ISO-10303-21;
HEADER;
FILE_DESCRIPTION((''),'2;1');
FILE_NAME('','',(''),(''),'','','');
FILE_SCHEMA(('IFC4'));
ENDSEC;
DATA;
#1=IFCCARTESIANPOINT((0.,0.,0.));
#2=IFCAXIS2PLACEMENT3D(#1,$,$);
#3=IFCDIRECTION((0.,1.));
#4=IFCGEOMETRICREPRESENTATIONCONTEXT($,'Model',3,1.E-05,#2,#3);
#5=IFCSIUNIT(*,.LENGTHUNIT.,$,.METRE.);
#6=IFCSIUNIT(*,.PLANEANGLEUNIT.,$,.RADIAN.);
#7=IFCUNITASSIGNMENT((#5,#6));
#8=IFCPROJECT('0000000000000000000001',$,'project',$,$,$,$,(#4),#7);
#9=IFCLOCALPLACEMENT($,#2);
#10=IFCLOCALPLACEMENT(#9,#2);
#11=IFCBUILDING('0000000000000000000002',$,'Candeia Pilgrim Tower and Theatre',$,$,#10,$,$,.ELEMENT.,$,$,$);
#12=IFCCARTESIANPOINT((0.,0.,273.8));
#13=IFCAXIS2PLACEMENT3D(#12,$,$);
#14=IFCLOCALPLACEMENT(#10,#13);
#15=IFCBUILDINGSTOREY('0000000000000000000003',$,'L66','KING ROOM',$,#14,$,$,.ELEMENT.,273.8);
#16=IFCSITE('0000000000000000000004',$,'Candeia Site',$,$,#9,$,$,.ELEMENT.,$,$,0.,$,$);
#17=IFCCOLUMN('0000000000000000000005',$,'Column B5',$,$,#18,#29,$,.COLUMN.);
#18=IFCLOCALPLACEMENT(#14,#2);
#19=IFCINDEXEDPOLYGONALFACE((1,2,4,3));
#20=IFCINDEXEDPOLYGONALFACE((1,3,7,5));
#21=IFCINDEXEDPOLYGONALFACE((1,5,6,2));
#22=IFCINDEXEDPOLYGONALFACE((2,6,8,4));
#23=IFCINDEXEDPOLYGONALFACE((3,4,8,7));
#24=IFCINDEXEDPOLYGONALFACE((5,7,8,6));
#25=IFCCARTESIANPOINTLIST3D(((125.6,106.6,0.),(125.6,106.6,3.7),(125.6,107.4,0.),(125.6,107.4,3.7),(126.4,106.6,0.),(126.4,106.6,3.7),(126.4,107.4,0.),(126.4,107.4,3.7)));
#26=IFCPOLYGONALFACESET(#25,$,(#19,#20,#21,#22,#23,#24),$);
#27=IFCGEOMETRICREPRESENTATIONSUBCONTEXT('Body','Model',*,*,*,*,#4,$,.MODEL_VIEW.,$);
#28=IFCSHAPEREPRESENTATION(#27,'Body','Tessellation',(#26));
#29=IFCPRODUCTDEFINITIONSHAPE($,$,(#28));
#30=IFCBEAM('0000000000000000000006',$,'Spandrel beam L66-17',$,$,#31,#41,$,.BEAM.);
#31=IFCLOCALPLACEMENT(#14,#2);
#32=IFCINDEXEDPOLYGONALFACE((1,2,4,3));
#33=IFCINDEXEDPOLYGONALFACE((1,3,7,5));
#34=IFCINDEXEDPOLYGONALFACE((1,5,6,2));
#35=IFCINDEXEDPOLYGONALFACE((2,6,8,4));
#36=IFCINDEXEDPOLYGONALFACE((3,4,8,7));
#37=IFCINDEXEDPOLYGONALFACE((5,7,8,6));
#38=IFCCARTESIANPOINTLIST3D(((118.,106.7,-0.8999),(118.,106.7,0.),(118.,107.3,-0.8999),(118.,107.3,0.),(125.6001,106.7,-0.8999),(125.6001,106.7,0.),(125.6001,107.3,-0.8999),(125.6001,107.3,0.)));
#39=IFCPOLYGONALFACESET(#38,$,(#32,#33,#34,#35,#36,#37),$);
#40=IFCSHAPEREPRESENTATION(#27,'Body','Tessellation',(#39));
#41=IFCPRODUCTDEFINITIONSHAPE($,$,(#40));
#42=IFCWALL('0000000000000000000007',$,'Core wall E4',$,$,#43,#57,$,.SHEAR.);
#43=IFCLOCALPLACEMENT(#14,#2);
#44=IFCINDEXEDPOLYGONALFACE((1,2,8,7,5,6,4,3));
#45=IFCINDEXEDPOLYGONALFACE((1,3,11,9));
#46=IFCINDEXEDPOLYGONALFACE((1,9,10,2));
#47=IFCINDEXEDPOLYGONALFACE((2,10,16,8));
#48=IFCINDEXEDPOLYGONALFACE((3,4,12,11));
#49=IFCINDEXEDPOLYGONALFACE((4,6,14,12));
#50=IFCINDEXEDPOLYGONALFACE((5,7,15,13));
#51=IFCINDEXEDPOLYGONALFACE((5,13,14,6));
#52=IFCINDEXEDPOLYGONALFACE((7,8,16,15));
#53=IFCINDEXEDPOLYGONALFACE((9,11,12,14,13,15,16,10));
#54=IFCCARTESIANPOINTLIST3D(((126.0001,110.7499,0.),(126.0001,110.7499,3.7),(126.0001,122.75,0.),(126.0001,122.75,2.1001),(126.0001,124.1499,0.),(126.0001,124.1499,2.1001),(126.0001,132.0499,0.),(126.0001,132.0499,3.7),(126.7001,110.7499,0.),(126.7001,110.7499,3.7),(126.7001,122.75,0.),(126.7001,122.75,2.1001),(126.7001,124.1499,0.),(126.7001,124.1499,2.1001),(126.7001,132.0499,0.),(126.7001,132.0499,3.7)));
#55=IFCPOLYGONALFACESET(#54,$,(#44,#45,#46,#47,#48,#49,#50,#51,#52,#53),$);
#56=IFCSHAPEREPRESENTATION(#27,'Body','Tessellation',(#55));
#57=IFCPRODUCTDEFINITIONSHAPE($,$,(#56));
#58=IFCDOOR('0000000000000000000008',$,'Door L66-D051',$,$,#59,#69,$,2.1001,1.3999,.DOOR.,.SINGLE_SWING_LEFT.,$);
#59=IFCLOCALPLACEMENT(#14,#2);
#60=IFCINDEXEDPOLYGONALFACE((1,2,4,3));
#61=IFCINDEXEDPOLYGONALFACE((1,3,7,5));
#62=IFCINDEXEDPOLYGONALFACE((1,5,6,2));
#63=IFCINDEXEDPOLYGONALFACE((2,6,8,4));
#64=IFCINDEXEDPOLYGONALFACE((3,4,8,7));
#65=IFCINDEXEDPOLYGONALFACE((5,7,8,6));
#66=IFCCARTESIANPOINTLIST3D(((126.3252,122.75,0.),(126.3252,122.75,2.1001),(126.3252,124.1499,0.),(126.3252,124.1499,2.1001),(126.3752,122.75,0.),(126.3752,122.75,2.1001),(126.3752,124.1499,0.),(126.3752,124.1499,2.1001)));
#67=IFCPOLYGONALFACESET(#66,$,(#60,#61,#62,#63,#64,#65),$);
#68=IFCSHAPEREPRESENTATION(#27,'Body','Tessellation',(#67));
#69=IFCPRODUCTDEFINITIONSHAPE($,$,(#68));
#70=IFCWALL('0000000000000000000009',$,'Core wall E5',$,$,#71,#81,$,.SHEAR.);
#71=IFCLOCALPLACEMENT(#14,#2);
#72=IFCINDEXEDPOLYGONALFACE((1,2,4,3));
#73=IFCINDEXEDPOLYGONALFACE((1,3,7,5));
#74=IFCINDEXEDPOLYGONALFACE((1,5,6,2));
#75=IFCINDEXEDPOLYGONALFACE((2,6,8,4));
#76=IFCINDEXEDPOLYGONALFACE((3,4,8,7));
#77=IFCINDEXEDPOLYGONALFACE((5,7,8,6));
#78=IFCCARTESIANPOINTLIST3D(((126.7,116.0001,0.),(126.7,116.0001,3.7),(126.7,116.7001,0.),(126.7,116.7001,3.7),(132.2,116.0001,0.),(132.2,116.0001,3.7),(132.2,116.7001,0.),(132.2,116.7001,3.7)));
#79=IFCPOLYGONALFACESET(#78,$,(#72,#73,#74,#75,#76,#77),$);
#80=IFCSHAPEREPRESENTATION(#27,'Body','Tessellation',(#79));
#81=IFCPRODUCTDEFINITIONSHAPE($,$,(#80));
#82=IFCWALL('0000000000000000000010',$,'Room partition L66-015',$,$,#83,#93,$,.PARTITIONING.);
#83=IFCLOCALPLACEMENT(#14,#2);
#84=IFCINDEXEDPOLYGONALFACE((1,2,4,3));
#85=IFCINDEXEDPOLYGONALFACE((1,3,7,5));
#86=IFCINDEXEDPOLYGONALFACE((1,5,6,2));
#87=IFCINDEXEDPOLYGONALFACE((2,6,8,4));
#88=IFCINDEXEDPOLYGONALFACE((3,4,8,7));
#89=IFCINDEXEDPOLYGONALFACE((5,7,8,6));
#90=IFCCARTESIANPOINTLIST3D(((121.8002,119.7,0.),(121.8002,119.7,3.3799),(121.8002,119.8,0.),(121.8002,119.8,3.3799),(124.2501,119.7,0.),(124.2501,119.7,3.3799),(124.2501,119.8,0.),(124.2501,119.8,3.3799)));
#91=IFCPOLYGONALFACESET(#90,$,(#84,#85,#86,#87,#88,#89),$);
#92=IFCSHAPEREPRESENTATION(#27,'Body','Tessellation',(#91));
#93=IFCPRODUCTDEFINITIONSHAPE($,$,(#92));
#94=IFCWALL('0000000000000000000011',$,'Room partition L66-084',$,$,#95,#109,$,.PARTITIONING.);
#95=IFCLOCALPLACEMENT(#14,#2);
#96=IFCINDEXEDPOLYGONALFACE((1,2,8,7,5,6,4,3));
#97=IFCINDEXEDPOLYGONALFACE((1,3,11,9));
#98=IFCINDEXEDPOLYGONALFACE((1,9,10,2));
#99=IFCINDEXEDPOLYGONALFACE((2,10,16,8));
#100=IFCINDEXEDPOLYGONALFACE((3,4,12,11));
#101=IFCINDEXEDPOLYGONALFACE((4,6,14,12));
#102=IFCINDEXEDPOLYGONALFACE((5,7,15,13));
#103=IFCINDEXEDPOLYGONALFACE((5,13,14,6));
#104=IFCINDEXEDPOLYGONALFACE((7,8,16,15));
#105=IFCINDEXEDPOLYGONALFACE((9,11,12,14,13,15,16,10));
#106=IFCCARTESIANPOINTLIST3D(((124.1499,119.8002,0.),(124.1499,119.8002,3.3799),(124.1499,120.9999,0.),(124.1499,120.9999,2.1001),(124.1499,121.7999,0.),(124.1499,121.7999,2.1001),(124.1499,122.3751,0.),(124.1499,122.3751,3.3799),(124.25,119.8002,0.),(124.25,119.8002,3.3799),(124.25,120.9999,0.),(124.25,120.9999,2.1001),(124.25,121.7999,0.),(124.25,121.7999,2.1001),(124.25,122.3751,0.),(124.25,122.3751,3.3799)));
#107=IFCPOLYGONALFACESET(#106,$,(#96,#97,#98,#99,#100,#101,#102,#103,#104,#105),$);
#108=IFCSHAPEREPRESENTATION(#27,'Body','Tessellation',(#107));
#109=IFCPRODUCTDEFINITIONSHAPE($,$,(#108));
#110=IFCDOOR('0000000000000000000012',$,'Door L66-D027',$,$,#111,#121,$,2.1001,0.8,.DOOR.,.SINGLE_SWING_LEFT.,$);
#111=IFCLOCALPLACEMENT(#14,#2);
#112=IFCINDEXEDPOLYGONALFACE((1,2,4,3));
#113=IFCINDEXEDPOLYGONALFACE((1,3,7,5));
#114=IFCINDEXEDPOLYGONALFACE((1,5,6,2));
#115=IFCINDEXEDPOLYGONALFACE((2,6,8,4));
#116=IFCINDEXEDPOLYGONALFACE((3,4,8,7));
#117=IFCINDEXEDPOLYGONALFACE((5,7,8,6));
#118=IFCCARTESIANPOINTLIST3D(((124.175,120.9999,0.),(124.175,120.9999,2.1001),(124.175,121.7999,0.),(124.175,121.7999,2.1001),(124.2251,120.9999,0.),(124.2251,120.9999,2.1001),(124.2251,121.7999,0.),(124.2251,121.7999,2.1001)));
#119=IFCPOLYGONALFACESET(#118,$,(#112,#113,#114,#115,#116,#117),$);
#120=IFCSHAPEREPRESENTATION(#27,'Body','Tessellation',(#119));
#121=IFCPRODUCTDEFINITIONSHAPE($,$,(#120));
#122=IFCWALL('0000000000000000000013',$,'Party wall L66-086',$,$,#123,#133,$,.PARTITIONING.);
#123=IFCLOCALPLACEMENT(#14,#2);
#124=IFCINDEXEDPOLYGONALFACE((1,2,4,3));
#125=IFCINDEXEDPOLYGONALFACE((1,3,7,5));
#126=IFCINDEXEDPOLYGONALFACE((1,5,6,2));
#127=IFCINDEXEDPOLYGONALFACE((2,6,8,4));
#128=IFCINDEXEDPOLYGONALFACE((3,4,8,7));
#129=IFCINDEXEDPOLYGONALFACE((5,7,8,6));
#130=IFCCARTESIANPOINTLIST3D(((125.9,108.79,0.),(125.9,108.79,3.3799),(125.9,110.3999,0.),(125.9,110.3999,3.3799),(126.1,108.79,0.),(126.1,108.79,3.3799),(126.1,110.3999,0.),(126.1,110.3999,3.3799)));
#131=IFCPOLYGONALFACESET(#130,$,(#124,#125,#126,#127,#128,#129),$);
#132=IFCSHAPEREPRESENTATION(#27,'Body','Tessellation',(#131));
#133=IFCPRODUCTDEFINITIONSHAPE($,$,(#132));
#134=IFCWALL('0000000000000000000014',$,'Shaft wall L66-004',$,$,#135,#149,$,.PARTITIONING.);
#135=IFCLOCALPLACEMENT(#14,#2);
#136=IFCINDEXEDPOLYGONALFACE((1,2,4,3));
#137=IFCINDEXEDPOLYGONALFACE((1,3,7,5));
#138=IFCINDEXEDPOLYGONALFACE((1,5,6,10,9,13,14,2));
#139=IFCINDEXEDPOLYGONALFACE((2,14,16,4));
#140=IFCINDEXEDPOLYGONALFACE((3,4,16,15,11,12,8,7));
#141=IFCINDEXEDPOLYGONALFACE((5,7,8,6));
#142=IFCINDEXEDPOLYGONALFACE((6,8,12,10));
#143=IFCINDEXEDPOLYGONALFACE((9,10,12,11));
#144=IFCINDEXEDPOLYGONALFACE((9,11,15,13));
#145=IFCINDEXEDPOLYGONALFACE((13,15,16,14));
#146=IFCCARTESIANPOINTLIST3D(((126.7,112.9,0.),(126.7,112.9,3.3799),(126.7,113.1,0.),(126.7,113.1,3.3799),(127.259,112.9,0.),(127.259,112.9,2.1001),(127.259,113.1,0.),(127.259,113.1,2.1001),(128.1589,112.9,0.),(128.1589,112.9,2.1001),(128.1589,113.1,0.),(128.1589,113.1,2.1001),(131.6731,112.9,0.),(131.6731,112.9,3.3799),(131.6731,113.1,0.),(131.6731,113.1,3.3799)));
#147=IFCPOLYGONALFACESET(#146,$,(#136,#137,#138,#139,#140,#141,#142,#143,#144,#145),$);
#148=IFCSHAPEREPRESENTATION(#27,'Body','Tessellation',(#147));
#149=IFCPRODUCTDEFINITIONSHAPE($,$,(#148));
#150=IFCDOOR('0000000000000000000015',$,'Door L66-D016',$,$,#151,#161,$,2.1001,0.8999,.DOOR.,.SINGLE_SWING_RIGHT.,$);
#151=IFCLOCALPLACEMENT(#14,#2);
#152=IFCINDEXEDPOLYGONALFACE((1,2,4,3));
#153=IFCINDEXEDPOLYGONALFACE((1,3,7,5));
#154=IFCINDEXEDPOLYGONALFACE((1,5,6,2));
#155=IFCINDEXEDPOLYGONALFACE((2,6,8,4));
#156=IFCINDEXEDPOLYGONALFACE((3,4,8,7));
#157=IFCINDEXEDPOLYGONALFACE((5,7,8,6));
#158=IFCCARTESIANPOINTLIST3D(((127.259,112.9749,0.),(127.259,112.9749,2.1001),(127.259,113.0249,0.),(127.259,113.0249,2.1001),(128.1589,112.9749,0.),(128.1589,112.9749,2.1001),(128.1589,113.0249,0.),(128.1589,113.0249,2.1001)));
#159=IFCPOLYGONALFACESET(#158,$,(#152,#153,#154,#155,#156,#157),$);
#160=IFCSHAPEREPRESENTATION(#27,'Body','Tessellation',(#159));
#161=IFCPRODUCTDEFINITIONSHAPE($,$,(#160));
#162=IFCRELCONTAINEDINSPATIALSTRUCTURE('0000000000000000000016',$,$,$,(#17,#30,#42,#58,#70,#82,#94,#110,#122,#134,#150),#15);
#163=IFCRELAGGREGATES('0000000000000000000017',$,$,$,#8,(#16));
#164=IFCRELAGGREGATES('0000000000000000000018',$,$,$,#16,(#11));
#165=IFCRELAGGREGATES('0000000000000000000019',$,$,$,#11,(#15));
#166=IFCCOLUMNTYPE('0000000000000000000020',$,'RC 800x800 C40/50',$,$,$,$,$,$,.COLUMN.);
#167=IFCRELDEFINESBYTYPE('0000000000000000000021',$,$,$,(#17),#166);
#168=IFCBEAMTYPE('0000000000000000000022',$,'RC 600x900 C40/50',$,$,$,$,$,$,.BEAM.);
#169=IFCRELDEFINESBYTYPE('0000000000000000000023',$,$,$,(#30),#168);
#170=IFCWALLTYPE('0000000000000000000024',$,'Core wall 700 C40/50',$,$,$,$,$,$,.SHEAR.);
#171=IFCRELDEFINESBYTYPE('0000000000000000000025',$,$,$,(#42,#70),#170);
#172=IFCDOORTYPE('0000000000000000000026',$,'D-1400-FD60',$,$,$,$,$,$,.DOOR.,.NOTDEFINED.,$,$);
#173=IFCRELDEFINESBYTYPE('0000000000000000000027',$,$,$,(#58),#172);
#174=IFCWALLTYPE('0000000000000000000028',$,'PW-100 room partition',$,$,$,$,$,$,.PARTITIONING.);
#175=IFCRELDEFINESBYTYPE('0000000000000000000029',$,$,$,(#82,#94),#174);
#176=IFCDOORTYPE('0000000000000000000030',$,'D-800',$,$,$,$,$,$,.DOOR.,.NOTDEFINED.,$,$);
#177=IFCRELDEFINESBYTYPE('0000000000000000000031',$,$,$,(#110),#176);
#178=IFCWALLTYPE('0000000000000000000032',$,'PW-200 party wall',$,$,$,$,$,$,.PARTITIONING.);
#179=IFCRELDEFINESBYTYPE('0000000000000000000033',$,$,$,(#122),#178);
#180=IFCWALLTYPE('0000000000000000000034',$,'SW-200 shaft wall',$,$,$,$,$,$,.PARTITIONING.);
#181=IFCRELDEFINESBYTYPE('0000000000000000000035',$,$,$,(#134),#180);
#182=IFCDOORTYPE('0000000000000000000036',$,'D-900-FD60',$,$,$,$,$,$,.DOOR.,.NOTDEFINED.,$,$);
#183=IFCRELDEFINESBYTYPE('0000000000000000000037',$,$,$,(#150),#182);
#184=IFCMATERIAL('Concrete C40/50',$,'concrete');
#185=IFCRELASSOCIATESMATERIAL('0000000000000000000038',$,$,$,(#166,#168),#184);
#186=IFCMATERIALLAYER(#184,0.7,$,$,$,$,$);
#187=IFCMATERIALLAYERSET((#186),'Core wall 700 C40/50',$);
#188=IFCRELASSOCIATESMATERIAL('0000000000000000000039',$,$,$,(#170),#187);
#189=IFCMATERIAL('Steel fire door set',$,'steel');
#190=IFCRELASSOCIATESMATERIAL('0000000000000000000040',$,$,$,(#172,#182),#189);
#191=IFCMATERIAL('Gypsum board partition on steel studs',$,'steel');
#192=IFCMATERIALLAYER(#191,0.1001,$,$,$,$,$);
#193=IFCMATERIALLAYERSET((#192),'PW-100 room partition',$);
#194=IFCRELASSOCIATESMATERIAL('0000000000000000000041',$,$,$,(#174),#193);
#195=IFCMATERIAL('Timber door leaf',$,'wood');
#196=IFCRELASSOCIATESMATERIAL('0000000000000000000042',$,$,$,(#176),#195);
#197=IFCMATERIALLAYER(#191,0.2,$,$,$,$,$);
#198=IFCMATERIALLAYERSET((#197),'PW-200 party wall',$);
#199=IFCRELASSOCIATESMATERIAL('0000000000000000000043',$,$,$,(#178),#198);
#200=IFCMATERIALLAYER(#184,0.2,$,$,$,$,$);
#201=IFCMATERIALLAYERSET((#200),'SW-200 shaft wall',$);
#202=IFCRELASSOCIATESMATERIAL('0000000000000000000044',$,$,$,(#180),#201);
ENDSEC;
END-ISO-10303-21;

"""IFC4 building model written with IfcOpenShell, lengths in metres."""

from ifc_helpers import new_model, si_unit, direction, frame, frame_2d, origin, origin_2d, place, context, subcontext, project, spatial, rectangle, extrude, material, layer, layer_set, material_profile, profile_set, type_object, element, fill, save


model = new_model("IFC4")

# Units and contexts
model_context = context("Model", 3, precision=1e-05, world=origin(), true_north=direction((0.0, 1.0)))
body_context = subcontext(model_context, "Body", "Model", "MODEL_VIEW")
ifc_project = project(units=[si_unit("LENGTHUNIT", "METRE"), si_unit("PLANEANGLEUNIT", "RADIAN")], contexts=[model_context])

# Site, building, storey
site_placement = place(None, origin())
site = spatial("IfcSite", under=ifc_project, at=site_placement, Name="Candeia Site", CompositionType="ELEMENT", RefElevation=0.0)
building_placement = place(site_placement, origin())
building = spatial("IfcBuilding", under=site, at=building_placement, Name="Candeia Pilgrim Tower and Theatre", CompositionType="ELEMENT")
storey_placement = place(building_placement, frame((0.0, 0.0, 273.8)))
storey = spatial("IfcBuildingStorey", under=building, at=storey_placement, Name="L66", Description="KING ROOM", CompositionType="ELEMENT", Elevation=273.8)

# Column
ifc_material_1 = material(Name="Concrete C40/50", Category="concrete")
ifc_material_profile_1 = material_profile(ifc_material_1, rectangle(XDim=0.8, YDim=0.8, at=origin_2d()))
ifc_profile_set_1 = profile_set([ifc_material_profile_1], Name="Concrete C40/50")
column_type = type_object("IfcColumnType", Name="RC 800x800 C40/50", PredefinedType="COLUMN", material=ifc_profile_set_1)
column_placement = place(storey_placement, frame((126.0, 107.0, 0.0), z_axis=(0.0, 0.0, 1.0), x_axis=(1.0, 0.0, 0.0)))
element("IfcColumn", 1, at=column_placement, inside=storey, type_object=column_type, Name="Column B5", PredefinedType="COLUMN", context=body_context, shape_type="SweptSolid", body=[
    extrude(rectangle(XDim=0.8, YDim=0.8, at=origin_2d()), origin(), (0.0, 0.0, 1.0), 3.7),
])

# Beam
ifc_material_profile_2 = material_profile(ifc_material_1, rectangle(XDim=0.6001, YDim=0.8999, at=origin_2d()))
ifc_profile_set_2 = profile_set([ifc_material_profile_2], Name="Concrete C40/50")
beam_type = type_object("IfcBeamType", Name="RC 600x900 C40/50", PredefinedType="BEAM", material=ifc_profile_set_2)
beam_placement = place(storey_placement, frame((125.6001, 107.0, -0.45), z_axis=(-1.0, 0.0, 0.0), x_axis=(0.0, -1.0, 0.0)))
element("IfcBeam", 2, at=beam_placement, inside=storey, type_object=beam_type, Name="Spandrel beam L66-17", PredefinedType="BEAM", context=body_context, shape_type="SweptSolid", body=[
    extrude(rectangle(XDim=0.6001, YDim=0.8999, at=origin_2d()), origin(), (0.0, 0.0, 1.0), 7.6001),
])

# Wall, opening, door
ifc_layer_1 = layer(ifc_material_1, 0.7)
ifc_layer_set_1 = layer_set([ifc_layer_1], Name="Core wall 700 C40/50")
wall_type_1 = type_object("IfcWallType", Name="Core wall 700 C40/50", PredefinedType="SHEAR", material=ifc_layer_set_1)
wall_1_placement = place(storey_placement, frame((126.3501, 110.75, 0.0), z_axis=(0.0, 0.0, 1.0), x_axis=(0.0, 1.0, 0.0)))
wall_1 = element("IfcWall", 3, at=wall_1_placement, inside=storey, type_object=wall_type_1, Name="Core wall E4", PredefinedType="SHEAR", context=body_context, shape_type="SweptSolid", body=[
    extrude(rectangle(XDim=21.3, YDim=0.7, at=frame_2d((10.6499, 0.0))), origin(), (0.0, 0.0, 1.0), 3.7),
])
opening_1_placement = place(wall_1_placement, frame((12.0, 0.0, 0.0)))
opening_1 = element("IfcOpeningElement", 4, at=opening_1_placement, cuts=wall_1, PredefinedType="OPENING", context=body_context, shape_type="SweptSolid", body=[
    extrude(rectangle(XDim=1.3999, YDim=2.1001, at=frame_2d((0.7, 1.05))), frame((0.0, 0.3599, 0.0), z_axis=(0.0, -1.0, 0.0), x_axis=(1.0, 0.0, 0.0)), (0.0, 0.0, 1.0), 0.72),
])
ifc_material_2 = material(Name="Steel fire door set", Category="steel")
door_type_1 = type_object("IfcDoorType", Name="D-1400-FD60", OperationType="NOTDEFINED", PredefinedType="DOOR", material=ifc_material_2)
door_1_placement = place(opening_1_placement, origin())
door_1 = element("IfcDoor", 5, at=door_1_placement, inside=storey, type_object=door_type_1, Name="Door L66-D051", OperationType="SINGLE_SWING_LEFT", OverallHeight=2.1001, OverallWidth=1.3999, PredefinedType="DOOR", context=body_context, shape_type="SweptSolid", body=[
    extrude(rectangle(XDim=1.3999, YDim=2.1001, at=frame_2d((0.7, 1.05))), frame((0.0, 0.0249, 0.0), z_axis=(0.0, -1.0, 0.0), x_axis=(1.0, 0.0, 0.0)), (0.0, 0.0, 1.0), 0.05),
])
fill(opening_1, door_1)

# Walls
wall_2_placement = place(storey_placement, frame((126.7, 116.3501, 0.0), z_axis=(0.0, 0.0, 1.0), x_axis=(1.0, 0.0, 0.0)))
element("IfcWall", 6, at=wall_2_placement, inside=storey, type_object=wall_type_1, Name="Core wall E5", PredefinedType="SHEAR", context=body_context, shape_type="SweptSolid", body=[
    extrude(rectangle(XDim=5.5, YDim=0.7, at=frame_2d((2.75, 0.0))), origin(), (0.0, 0.0, 1.0), 3.7),
])
ifc_material_3 = material(Name="Gypsum board partition on steel studs", Category="steel")
ifc_layer_2 = layer(ifc_material_3, 0.1001)
ifc_layer_set_2 = layer_set([ifc_layer_2], Name="PW-100 room partition")
wall_type_2 = type_object("IfcWallType", Name="PW-100 room partition", PredefinedType="PARTITIONING", material=ifc_layer_set_2)
wall_3_placement = place(storey_placement, frame((121.8, 119.75, 0.0), z_axis=(0.0, 0.0, 1.0), x_axis=(1.0, 0.0, 0.0)))
element("IfcWall", 7, at=wall_3_placement, inside=storey, type_object=wall_type_2, Name="Room partition L66-015", PredefinedType="PARTITIONING", context=body_context, shape_type="SweptSolid", body=[
    extrude(rectangle(XDim=2.45, YDim=0.1001, at=frame_2d((1.2251, 0.0))), origin(), (0.0, 0.0, 1.0), 3.3799),
])

# Wall, opening, door
wall_4_placement = place(storey_placement, frame((124.2, 119.8, 0.0), z_axis=(0.0, 0.0, 1.0), x_axis=(0.0, 1.0, 0.0)))
wall_4 = element("IfcWall", 8, at=wall_4_placement, inside=storey, type_object=wall_type_2, Name="Room partition L66-084", PredefinedType="PARTITIONING", context=body_context, shape_type="SweptSolid", body=[
    extrude(rectangle(XDim=2.575, YDim=0.1001, at=frame_2d((1.2876, 0.0))), origin(), (0.0, 0.0, 1.0), 3.3799),
])
opening_2_placement = place(wall_4_placement, frame((1.2, 0.0, 0.0)))
opening_2 = element("IfcOpeningElement", 9, at=opening_2_placement, cuts=wall_4, PredefinedType="OPENING", context=body_context, shape_type="SweptSolid", body=[
    extrude(rectangle(XDim=0.8, YDim=2.1001, at=frame_2d((0.3999, 1.05))), frame((0.0, 0.0601, 0.0), z_axis=(0.0, -1.0, 0.0), x_axis=(1.0, 0.0, 0.0)), (0.0, 0.0, 1.0), 0.1201),
])
ifc_material_4 = material(Name="Timber door leaf", Category="wood")
door_type_2 = type_object("IfcDoorType", Name="D-800", OperationType="NOTDEFINED", PredefinedType="DOOR", material=ifc_material_4)
door_2_placement = place(opening_2_placement, origin())
door_2 = element("IfcDoor", 10, at=door_2_placement, inside=storey, type_object=door_type_2, Name="Door L66-D027", OperationType="SINGLE_SWING_LEFT", OverallHeight=2.1001, OverallWidth=0.8, PredefinedType="DOOR", context=body_context, shape_type="SweptSolid", body=[
    extrude(rectangle(XDim=0.8, YDim=2.1001, at=frame_2d((0.3999, 1.05))), frame((0.0, 0.0249, 0.0), z_axis=(0.0, -1.0, 0.0), x_axis=(1.0, 0.0, 0.0)), (0.0, 0.0, 1.0), 0.05),
])
fill(opening_2, door_2)

# Wall
ifc_layer_3 = layer(ifc_material_3, 0.2)
ifc_layer_set_3 = layer_set([ifc_layer_3], Name="PW-200 party wall")
wall_type_3 = type_object("IfcWallType", Name="PW-200 party wall", PredefinedType="PARTITIONING", material=ifc_layer_set_3)
wall_5_placement = place(storey_placement, frame((126.0, 108.79, 0.0), z_axis=(0.0, 0.0, 1.0), x_axis=(0.0, 1.0, 0.0)))
element("IfcWall", 11, at=wall_5_placement, inside=storey, type_object=wall_type_3, Name="Party wall L66-086", PredefinedType="PARTITIONING", context=body_context, shape_type="SweptSolid", body=[
    extrude(rectangle(XDim=1.6099, YDim=0.2, at=frame_2d((0.8049, 0.0))), origin(), (0.0, 0.0, 1.0), 3.3799),
])

# Wall, opening, door
ifc_layer_4 = layer(ifc_material_1, 0.2)
ifc_layer_set_4 = layer_set([ifc_layer_4], Name="SW-200 shaft wall")
wall_type_4 = type_object("IfcWallType", Name="SW-200 shaft wall", PredefinedType="PARTITIONING", material=ifc_layer_set_4)
wall_6_placement = place(storey_placement, frame((126.7, 113.0, 0.0), z_axis=(0.0, 0.0, 1.0), x_axis=(1.0, 0.0, 0.0)))
wall_6 = element("IfcWall", 12, at=wall_6_placement, inside=storey, type_object=wall_type_4, Name="Shaft wall L66-004", PredefinedType="PARTITIONING", context=body_context, shape_type="SweptSolid", body=[
    extrude(rectangle(XDim=4.9731, YDim=0.2, at=frame_2d((2.4866, 0.0))), origin(), (0.0, 0.0, 1.0), 3.3799),
])
opening_3_placement = place(wall_6_placement, frame((0.5591, 0.0, 0.0)))
opening_3 = element("IfcOpeningElement", 13, at=opening_3_placement, cuts=wall_6, PredefinedType="OPENING", context=body_context, shape_type="SweptSolid", body=[
    extrude(rectangle(XDim=0.8999, YDim=2.1001, at=frame_2d((0.45, 1.05))), frame((0.0, 0.1099, 0.0), z_axis=(0.0, -1.0, 0.0), x_axis=(1.0, 0.0, 0.0)), (0.0, 0.0, 1.0), 0.22),
])
door_type_3 = type_object("IfcDoorType", Name="D-900-FD60", OperationType="NOTDEFINED", PredefinedType="DOOR", material=ifc_material_2)
door_3_placement = place(opening_3_placement, origin())
door_3 = element("IfcDoor", 14, at=door_3_placement, inside=storey, type_object=door_type_3, Name="Door L66-D016", OperationType="SINGLE_SWING_RIGHT", OverallHeight=2.1001, OverallWidth=0.8999, PredefinedType="DOOR", context=body_context, shape_type="SweptSolid", body=[
    extrude(rectangle(XDim=0.8999, YDim=2.1001, at=frame_2d((0.45, 1.05))), frame((0.0, 0.0249, 0.0), z_axis=(0.0, -1.0, 0.0), x_axis=(1.0, 0.0, 0.0)), (0.0, 0.0, 1.0), 0.05),
])
fill(opening_3, door_3)

save(model, "model.ifc")
